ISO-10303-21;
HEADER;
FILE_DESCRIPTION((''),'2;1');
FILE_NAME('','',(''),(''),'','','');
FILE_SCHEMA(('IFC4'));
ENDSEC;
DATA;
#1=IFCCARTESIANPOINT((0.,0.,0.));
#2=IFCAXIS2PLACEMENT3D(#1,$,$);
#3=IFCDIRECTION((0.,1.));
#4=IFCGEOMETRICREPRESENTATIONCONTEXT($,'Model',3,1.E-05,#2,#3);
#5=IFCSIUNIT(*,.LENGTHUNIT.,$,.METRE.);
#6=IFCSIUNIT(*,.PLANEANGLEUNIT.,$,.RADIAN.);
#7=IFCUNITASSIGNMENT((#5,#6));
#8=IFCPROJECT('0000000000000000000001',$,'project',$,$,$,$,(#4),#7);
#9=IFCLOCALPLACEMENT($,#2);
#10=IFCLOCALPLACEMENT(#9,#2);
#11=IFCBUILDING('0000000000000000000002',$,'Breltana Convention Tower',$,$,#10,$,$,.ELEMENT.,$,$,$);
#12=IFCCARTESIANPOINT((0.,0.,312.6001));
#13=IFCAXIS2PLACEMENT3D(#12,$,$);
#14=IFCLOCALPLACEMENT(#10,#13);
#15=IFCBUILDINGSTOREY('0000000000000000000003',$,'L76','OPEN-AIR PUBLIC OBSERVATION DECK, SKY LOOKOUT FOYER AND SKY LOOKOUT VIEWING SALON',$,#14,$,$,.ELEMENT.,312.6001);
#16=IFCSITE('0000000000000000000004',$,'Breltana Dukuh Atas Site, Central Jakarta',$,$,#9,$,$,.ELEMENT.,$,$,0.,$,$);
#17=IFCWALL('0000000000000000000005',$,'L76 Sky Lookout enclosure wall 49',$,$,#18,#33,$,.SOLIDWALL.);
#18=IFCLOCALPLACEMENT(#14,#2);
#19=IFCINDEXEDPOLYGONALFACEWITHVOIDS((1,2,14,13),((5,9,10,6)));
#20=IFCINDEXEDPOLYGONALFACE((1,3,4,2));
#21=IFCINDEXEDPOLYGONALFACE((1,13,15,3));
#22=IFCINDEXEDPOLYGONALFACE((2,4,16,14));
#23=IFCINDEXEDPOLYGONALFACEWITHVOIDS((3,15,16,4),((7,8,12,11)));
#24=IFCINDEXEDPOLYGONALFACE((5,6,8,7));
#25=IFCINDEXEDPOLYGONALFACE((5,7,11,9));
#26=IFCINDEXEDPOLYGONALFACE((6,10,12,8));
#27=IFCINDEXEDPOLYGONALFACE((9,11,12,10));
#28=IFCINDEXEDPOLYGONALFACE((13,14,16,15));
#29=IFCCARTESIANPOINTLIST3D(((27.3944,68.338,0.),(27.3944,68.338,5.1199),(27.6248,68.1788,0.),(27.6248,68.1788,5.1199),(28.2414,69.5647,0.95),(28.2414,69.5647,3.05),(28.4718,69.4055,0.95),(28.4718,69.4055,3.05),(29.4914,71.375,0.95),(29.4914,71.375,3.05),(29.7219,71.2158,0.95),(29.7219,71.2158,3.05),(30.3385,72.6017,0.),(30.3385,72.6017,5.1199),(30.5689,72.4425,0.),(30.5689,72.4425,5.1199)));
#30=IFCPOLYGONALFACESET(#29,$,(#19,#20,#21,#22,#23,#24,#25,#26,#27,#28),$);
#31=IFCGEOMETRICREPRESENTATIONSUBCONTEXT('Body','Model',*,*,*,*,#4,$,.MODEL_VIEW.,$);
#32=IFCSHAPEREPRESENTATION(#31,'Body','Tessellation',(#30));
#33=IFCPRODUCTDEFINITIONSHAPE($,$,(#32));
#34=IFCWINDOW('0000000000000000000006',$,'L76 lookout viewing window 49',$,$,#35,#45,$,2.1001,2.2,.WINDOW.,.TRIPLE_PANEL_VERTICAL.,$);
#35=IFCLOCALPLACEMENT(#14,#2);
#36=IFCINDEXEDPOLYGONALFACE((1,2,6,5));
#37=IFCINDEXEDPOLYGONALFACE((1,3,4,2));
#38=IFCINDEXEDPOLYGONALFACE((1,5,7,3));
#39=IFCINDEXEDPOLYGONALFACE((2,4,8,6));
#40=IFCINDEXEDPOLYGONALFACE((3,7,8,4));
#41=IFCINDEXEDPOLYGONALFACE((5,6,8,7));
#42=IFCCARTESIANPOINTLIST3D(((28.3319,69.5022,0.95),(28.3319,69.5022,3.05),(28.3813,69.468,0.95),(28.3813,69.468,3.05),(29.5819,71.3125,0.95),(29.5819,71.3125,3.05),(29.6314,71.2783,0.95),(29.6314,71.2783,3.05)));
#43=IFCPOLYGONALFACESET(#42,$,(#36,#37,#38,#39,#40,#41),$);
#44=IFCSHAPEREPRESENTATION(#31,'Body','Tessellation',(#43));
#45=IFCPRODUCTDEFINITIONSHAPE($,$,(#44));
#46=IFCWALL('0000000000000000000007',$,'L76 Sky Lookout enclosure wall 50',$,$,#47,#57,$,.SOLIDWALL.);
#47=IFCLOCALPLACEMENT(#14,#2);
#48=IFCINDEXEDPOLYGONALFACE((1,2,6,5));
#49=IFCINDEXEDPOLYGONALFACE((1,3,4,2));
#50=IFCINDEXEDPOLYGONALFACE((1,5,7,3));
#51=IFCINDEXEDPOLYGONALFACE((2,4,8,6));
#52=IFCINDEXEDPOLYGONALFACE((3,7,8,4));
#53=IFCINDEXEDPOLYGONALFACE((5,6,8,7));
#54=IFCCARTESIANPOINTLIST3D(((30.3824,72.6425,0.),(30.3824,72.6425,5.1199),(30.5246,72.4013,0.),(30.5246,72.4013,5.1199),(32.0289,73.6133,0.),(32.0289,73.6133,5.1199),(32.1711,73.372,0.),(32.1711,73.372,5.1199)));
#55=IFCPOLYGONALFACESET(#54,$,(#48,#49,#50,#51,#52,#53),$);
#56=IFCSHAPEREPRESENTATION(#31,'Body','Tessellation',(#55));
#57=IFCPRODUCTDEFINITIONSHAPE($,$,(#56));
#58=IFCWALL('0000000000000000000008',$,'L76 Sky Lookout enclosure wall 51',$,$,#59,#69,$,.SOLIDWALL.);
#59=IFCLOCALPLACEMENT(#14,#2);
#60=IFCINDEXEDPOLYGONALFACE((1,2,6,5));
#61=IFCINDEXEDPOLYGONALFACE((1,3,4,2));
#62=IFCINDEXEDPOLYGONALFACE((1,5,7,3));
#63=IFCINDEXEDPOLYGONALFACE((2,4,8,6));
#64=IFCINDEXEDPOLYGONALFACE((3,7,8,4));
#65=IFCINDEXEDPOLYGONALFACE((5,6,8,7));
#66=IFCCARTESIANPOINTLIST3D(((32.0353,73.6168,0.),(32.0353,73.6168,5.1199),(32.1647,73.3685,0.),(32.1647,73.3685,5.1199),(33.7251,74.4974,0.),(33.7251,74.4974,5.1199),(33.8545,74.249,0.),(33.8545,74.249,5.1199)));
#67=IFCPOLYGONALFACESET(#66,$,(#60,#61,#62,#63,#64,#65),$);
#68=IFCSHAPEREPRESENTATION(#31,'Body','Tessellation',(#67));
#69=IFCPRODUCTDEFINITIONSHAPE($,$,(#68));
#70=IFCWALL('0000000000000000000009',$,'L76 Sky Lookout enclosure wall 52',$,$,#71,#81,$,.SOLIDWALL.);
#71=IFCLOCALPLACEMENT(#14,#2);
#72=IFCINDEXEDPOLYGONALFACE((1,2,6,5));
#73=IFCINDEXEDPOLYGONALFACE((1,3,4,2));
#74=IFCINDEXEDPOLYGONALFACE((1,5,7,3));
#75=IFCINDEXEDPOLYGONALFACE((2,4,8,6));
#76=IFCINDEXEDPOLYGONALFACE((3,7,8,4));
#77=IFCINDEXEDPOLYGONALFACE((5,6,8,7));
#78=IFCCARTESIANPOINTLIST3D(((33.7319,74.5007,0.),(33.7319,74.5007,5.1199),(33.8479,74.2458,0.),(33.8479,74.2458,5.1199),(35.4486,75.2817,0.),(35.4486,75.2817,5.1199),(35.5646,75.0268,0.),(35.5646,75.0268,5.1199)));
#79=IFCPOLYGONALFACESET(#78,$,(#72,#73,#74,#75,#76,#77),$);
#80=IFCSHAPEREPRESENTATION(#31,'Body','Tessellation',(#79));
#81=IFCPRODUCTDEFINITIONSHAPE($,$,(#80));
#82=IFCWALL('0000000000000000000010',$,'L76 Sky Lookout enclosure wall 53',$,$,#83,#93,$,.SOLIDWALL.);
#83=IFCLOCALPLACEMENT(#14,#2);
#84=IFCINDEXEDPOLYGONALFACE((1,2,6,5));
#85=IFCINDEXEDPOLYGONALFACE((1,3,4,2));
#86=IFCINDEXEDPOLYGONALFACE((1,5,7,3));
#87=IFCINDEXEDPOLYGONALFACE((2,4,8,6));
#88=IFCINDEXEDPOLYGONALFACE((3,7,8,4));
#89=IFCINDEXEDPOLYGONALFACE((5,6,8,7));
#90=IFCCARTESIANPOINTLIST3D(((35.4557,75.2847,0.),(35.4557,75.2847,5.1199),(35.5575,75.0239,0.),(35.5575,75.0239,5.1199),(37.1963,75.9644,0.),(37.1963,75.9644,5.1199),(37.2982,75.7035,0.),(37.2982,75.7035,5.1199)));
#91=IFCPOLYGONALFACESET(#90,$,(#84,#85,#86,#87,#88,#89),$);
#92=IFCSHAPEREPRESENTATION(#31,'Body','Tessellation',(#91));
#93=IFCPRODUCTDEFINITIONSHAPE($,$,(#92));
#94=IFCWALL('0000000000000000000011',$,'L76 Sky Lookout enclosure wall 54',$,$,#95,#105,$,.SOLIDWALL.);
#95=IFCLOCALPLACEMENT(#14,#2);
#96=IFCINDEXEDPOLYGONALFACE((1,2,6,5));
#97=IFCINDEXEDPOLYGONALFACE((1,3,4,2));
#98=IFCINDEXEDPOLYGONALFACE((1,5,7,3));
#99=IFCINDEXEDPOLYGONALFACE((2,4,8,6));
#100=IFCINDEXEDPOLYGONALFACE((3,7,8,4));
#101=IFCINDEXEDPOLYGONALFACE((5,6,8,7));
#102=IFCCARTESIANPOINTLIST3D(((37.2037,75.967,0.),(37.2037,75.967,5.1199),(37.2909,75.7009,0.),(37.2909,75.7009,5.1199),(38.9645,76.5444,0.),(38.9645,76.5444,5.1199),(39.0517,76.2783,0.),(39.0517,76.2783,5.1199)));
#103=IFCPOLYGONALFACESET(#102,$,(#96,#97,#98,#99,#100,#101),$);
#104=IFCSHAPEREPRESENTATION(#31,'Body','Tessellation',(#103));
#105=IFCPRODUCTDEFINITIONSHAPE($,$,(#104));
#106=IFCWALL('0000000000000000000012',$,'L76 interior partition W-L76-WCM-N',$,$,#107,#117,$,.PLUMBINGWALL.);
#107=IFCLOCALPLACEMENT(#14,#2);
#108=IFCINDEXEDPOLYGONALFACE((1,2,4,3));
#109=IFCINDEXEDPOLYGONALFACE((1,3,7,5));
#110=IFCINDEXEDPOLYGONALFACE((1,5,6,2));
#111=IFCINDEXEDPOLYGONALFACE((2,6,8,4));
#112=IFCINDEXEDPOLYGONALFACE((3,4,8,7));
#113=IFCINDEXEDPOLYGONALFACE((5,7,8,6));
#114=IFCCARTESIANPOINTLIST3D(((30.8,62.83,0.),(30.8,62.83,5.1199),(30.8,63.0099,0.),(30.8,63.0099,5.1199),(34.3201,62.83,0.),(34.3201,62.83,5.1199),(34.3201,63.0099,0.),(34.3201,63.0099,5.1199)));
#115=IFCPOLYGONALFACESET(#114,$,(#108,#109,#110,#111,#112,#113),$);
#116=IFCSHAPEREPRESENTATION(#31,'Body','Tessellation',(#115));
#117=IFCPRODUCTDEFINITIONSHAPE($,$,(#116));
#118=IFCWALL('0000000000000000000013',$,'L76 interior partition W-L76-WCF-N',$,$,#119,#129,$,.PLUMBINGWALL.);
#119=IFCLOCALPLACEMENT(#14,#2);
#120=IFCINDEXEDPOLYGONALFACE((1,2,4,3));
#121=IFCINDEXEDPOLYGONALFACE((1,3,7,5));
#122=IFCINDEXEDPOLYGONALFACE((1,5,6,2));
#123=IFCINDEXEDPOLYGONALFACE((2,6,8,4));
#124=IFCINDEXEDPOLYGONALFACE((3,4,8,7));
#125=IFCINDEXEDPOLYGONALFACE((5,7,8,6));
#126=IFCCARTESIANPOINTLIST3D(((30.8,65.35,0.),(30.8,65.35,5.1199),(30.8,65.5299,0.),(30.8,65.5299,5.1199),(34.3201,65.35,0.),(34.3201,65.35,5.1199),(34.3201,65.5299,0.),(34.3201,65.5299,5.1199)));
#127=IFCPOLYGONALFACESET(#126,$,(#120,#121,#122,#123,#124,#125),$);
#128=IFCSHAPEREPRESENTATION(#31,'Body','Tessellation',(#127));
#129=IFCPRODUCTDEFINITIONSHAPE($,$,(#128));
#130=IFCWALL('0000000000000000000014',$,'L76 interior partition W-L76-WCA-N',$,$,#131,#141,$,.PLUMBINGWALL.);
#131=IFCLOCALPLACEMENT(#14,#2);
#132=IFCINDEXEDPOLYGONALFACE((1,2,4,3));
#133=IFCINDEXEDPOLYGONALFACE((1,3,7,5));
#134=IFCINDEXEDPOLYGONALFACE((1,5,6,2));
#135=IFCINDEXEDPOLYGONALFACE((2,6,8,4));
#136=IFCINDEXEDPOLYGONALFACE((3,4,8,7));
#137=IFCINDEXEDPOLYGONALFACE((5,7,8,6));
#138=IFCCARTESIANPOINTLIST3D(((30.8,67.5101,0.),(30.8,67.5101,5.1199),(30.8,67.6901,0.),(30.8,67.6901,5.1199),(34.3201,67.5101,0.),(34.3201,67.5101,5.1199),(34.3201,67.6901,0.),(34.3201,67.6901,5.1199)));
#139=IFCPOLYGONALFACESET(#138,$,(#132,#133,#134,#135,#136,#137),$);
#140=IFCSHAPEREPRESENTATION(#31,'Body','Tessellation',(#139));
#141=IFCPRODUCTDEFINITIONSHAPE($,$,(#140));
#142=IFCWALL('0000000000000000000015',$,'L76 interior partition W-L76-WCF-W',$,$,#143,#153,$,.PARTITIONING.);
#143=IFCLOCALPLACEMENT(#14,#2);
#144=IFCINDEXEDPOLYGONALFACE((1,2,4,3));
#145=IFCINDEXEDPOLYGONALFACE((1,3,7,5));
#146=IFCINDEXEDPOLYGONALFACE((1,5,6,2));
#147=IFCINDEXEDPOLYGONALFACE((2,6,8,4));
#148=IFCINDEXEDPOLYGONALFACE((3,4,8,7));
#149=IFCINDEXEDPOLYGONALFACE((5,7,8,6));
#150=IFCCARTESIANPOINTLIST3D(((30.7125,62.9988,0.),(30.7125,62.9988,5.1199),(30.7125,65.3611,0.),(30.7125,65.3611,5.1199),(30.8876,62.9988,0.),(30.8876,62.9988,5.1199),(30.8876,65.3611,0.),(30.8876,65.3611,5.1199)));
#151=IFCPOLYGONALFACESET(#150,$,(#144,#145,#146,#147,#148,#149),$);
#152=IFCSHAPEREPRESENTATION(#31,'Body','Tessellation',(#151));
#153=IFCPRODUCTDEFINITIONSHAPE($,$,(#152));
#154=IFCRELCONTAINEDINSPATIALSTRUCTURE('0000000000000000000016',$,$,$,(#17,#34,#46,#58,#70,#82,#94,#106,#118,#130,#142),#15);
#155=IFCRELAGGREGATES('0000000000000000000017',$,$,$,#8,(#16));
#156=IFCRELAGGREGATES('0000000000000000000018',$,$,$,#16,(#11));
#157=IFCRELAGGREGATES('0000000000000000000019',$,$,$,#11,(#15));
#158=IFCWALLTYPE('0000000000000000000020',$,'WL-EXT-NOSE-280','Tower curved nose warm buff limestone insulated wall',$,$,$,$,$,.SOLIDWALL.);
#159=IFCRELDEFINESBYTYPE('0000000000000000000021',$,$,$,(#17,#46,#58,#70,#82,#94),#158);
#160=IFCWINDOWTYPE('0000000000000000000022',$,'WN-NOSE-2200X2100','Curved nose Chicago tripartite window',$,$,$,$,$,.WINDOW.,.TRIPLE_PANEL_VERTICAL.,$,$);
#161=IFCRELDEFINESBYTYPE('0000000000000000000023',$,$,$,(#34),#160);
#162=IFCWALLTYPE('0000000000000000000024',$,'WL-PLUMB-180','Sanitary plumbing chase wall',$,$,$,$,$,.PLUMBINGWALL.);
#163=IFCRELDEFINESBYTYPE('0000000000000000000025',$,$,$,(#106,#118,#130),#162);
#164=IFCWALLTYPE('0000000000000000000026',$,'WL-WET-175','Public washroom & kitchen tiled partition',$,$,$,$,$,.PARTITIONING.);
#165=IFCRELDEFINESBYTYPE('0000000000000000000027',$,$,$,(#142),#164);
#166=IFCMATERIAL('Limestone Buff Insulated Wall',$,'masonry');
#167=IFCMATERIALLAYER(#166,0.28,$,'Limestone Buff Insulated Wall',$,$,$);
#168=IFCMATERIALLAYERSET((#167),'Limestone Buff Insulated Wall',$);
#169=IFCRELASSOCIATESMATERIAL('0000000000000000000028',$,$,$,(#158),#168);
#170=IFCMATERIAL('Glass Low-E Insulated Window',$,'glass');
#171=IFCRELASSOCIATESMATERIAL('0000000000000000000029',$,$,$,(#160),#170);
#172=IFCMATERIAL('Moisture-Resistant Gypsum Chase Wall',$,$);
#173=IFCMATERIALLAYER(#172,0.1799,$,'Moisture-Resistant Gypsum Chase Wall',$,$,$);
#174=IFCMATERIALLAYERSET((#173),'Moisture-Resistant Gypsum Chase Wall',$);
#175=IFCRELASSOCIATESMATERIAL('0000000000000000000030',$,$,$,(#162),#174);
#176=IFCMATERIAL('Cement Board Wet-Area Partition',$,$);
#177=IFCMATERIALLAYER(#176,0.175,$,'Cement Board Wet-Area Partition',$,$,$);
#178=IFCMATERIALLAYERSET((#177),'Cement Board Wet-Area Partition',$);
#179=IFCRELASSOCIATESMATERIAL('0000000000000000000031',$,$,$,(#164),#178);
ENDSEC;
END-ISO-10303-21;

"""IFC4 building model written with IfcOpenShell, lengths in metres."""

from ifc_helpers import new_model, si_unit, direction, frame, frame_2d, origin, place, context, subcontext, project, spatial, rectangle, extrude, source, transform, mapped, material, layer, layer_set, type_object, type_shapes, element, fill, save


model = new_model("IFC4")

# Units and contexts
model_context = context("Model", 3, precision=1e-05, world=origin(), true_north=direction((0.0, 1.0)))
body_context = subcontext(model_context, "Body", "Model", "MODEL_VIEW")
ifc_project = project(units=[si_unit("LENGTHUNIT", "METRE"), si_unit("PLANEANGLEUNIT", "RADIAN")], contexts=[model_context])

# Site, building, storey
site_placement = place(None, origin())
site = spatial("IfcSite", under=ifc_project, at=site_placement, Name="Breltana Dukuh Atas Site, Central Jakarta", CompositionType="ELEMENT", RefElevation=0.0)
building_placement = place(site_placement, origin())
building = spatial("IfcBuilding", under=site, at=building_placement, Name="Breltana Convention Tower", CompositionType="ELEMENT")
storey_placement = place(building_placement, frame((0.0, 0.0, 312.6001)))
storey = spatial("IfcBuildingStorey", under=building, at=storey_placement, Name="L76", Description="OPEN-AIR PUBLIC OBSERVATION DECK, SKY LOOKOUT FOYER AND SKY LOOKOUT VIEWING SALON", CompositionType="ELEMENT", Elevation=312.6001)

# Wall, opening, window
ifc_material_1 = material(Name="Limestone Buff Insulated Wall", Category="masonry")
ifc_layer_1 = layer(ifc_material_1, 0.28, Name="Limestone Buff Insulated Wall")
ifc_layer_set_1 = layer_set([ifc_layer_1], Name="Limestone Buff Insulated Wall")
wall_type_1 = type_object("IfcWallType", Name="WL-EXT-NOSE-280", Description="Tower curved nose warm buff limestone insulated wall", PredefinedType="SOLIDWALL", material=ifc_layer_set_1)
shared_shape_1 = source(origin(), body_context, "Body", "SweptSolid", [
    extrude(rectangle(XDim=5.1814, YDim=0.28, at=frame_2d((2.5908, 0.0))), origin(), (0.0, 0.0, 1.0), 5.1199),
])
wall_1_placement = place(storey_placement, frame((27.5095, 68.2583, 0.0), z_axis=(0.0, 0.0, 1.0), x_axis=(0.568207, 0.822885, 0.0)))
wall_1 = element("IfcWall", 1, at=wall_1_placement, inside=storey, type_object=wall_type_1, Name="L76 Sky Lookout enclosure wall 49", PredefinedType="SOLIDWALL", context=body_context, shape_type="MappedRepresentation", body=[
    mapped(shared_shape_1, transform((0.0, 0.0, 0.0), scale=1.0)),
])
opening_1_placement = place(wall_1_placement, frame((1.4907, 0.0, 0.95)))
opening_1 = element("IfcOpeningElement", 2, at=opening_1_placement, cuts=wall_1, PredefinedType="OPENING", context=body_context, shape_type="SweptSolid", body=[
    extrude(rectangle(XDim=2.2, YDim=2.1001, at=frame_2d((1.1001, 1.05))), frame((0.0, 0.1499, 0.0), z_axis=(0.0, -1.0, 0.0), x_axis=(1.0, 0.0, 0.0)), (0.0, 0.0, 1.0), 0.3),
])
ifc_material_2 = material(Name="Glass Low-E Insulated Window", Category="glass")
window_type = type_object("IfcWindowType", Name="WN-NOSE-2200X2100", Description="Curved nose Chicago tripartite window", PartitioningType="TRIPLE_PANEL_VERTICAL", PredefinedType="WINDOW", material=ifc_material_2)
shared_shape_2 = source(origin(), body_context, "Body", "SweptSolid", [
    extrude(rectangle(XDim=2.2, YDim=2.1001, at=frame_2d((1.1001, 1.05))), frame((0.0, 0.03, 0.0), z_axis=(0.0, -1.0, 0.0), x_axis=(1.0, 0.0, 0.0)), (0.0, 0.0, 1.0), 0.0601),
])
type_shapes(window_type, [shared_shape_2])
window_placement = place(opening_1_placement, origin())
window = element("IfcWindow", 3, at=window_placement, inside=storey, type_object=window_type, Name="L76 lookout viewing window 49", OverallHeight=2.1001, OverallWidth=2.2, PartitioningType="TRIPLE_PANEL_VERTICAL", PredefinedType="WINDOW", context=body_context, shape_type="MappedRepresentation", body=[
    mapped(shared_shape_2, transform((0.0, 0.0, 0.0), scale=1.0)),
])
fill(opening_1, window)

# Walls
shared_shape_3 = source(origin(), body_context, "Body", "SweptSolid", [
    extrude(rectangle(XDim=1.9114, YDim=0.28, at=frame_2d((0.9556, 0.0))), origin(), (0.0, 0.0, 1.0), 5.1199),
])
wall_2_placement = place(storey_placement, frame((30.4536, 72.522, 0.0), z_axis=(0.0, 0.0, 1.0), x_axis=(0.861435, 0.507868, 0.0)))
element("IfcWall", 4, at=wall_2_placement, inside=storey, type_object=wall_type_1, Name="L76 Sky Lookout enclosure wall 50", PredefinedType="SOLIDWALL", context=body_context, shape_type="MappedRepresentation", body=[
    mapped(shared_shape_3, transform((0.0, 0.0, 0.0), scale=1.0)),
])
shared_shape_4 = source(origin(), body_context, "Body", "SweptSolid", [
    extrude(rectangle(XDim=1.9055, YDim=0.28, at=frame_2d((0.9526, 0.0))), origin(), (0.0, 0.0, 1.0), 5.1199),
])
wall_3_placement = place(storey_placement, frame((32.1001, 73.4927, 0.0), z_axis=(0.0, 0.0, 1.0), x_axis=(0.88682, 0.462115, 0.0)))
element("IfcWall", 5, at=wall_3_placement, inside=storey, type_object=wall_type_1, Name="L76 Sky Lookout enclosure wall 51", PredefinedType="SOLIDWALL", context=body_context, shape_type="MappedRepresentation", body=[
    mapped(shared_shape_4, transform((0.0, 0.0, 0.0), scale=1.0)),
])
shared_shape_5 = source(origin(), body_context, "Body", "SweptSolid", [
    extrude(rectangle(XDim=1.886, YDim=0.28, at=frame_2d((0.9429, 0.0))), origin(), (0.0, 0.0, 1.0), 5.1199),
])
wall_4_placement = place(storey_placement, frame((33.79, 74.3733, 0.0), z_axis=(0.0, 0.0, 1.0), x_axis=(0.910216, 0.414135, 0.0)))
element("IfcWall", 6, at=wall_4_placement, inside=storey, type_object=wall_type_1, Name="L76 Sky Lookout enclosure wall 52", PredefinedType="SOLIDWALL", context=body_context, shape_type="MappedRepresentation", body=[
    mapped(shared_shape_5, transform((0.0, 0.0, 0.0), scale=1.0)),
])
shared_shape_6 = source(origin(), body_context, "Body", "SweptSolid", [
    extrude(rectangle(XDim=1.8687, YDim=0.28, at=frame_2d((0.9343, 0.0))), origin(), (0.0, 0.0, 1.0), 5.1199),
])
wall_5_placement = place(storey_placement, frame((35.5066, 75.1543, 0.0), z_axis=(0.0, 0.0, 1.0), x_axis=(0.931509, 0.363719, 0.0)))
element("IfcWall", 7, at=wall_5_placement, inside=storey, type_object=wall_type_1, Name="L76 Sky Lookout enclosure wall 53", PredefinedType="SOLIDWALL", context=body_context, shape_type="MappedRepresentation", body=[
    mapped(shared_shape_6, transform((0.0, 0.0, 0.0), scale=1.0)),
])
shared_shape_7 = source(origin(), body_context, "Body", "SweptSolid", [
    extrude(rectangle(XDim=1.853, YDim=0.28, at=frame_2d((0.9265, 0.0))), origin(), (0.0, 0.0, 1.0), 5.1199),
])
wall_6_placement = place(storey_placement, frame((37.2473, 75.834, 0.0), z_axis=(0.0, 0.0, 1.0), x_axis=(0.950214, 0.311599, 0.0)))
element("IfcWall", 8, at=wall_6_placement, inside=storey, type_object=wall_type_1, Name="L76 Sky Lookout enclosure wall 54", PredefinedType="SOLIDWALL", context=body_context, shape_type="MappedRepresentation", body=[
    mapped(shared_shape_7, transform((0.0, 0.0, 0.0), scale=1.0)),
])
ifc_material_3 = material(Name="Moisture-Resistant Gypsum Chase Wall")
ifc_layer_2 = layer(ifc_material_3, 0.1799, Name="Moisture-Resistant Gypsum Chase Wall")
ifc_layer_set_2 = layer_set([ifc_layer_2], Name="Moisture-Resistant Gypsum Chase Wall")
wall_type_2 = type_object("IfcWallType", Name="WL-PLUMB-180", Description="Sanitary plumbing chase wall", PredefinedType="PLUMBINGWALL", material=ifc_layer_set_2)
shared_shape_8 = source(origin(), body_context, "Body", "SweptSolid", [
    extrude(rectangle(XDim=3.52, YDim=0.1799, at=frame_2d((1.76, 0.0))), origin(), (0.0, 0.0, 1.0), 5.1199),
])
for number, where, z_axis, x_axis, name in (
    (9, (30.8, 62.9199, 0.0), (0.0, 0.0, 1.0), (1.0, 0.0, 0.0), "L76 interior partition W-L76-WCM-N"),
    (10, (30.8, 65.4399, 0.0), (0.0, 0.0, 1.0), (1.0, 0.0, 0.0), "L76 interior partition W-L76-WCF-N"),
    (11, (30.8, 67.6001, 0.0), (0.0, 0.0, 1.0), (1.0, 0.0, 0.0), "L76 interior partition W-L76-WCA-N"),
):
    element("IfcWall", number, at=place(storey_placement, frame(where, z_axis=z_axis, x_axis=x_axis)), inside=storey, type_object=wall_type_2, Name=name, PredefinedType="PLUMBINGWALL", context=body_context, shape_type="MappedRepresentation", body=[
        mapped(shared_shape_8, transform((0.0, 0.0, 0.0), scale=1.0)),
    ])
ifc_material_4 = material(Name="Cement Board Wet-Area Partition")
ifc_layer_3 = layer(ifc_material_4, 0.175, Name="Cement Board Wet-Area Partition")
ifc_layer_set_3 = layer_set([ifc_layer_3], Name="Cement Board Wet-Area Partition")
wall_type_3 = type_object("IfcWallType", Name="WL-WET-175", Description="Public washroom & kitchen tiled partition", PredefinedType="PARTITIONING", material=ifc_layer_set_3)
shared_shape_9 = source(origin(), body_context, "Body", "SweptSolid", [
    extrude(rectangle(XDim=2.3623, YDim=0.175, at=frame_2d((1.1812, 0.0))), origin(), (0.0, 0.0, 1.0), 5.1199),
])
wall_7_placement = place(storey_placement, frame((30.8, 62.9988, 0.0), z_axis=(0.0, 0.0, 1.0), x_axis=(0.0, 1.0, 0.0)))
element("IfcWall", 12, at=wall_7_placement, inside=storey, type_object=wall_type_3, Name="L76 interior partition W-L76-WCF-W", PredefinedType="PARTITIONING", context=body_context, shape_type="MappedRepresentation", body=[
    mapped(shared_shape_9, transform((0.0, 0.0, 0.0), scale=1.0)),
])

save(model, "model.ifc")
